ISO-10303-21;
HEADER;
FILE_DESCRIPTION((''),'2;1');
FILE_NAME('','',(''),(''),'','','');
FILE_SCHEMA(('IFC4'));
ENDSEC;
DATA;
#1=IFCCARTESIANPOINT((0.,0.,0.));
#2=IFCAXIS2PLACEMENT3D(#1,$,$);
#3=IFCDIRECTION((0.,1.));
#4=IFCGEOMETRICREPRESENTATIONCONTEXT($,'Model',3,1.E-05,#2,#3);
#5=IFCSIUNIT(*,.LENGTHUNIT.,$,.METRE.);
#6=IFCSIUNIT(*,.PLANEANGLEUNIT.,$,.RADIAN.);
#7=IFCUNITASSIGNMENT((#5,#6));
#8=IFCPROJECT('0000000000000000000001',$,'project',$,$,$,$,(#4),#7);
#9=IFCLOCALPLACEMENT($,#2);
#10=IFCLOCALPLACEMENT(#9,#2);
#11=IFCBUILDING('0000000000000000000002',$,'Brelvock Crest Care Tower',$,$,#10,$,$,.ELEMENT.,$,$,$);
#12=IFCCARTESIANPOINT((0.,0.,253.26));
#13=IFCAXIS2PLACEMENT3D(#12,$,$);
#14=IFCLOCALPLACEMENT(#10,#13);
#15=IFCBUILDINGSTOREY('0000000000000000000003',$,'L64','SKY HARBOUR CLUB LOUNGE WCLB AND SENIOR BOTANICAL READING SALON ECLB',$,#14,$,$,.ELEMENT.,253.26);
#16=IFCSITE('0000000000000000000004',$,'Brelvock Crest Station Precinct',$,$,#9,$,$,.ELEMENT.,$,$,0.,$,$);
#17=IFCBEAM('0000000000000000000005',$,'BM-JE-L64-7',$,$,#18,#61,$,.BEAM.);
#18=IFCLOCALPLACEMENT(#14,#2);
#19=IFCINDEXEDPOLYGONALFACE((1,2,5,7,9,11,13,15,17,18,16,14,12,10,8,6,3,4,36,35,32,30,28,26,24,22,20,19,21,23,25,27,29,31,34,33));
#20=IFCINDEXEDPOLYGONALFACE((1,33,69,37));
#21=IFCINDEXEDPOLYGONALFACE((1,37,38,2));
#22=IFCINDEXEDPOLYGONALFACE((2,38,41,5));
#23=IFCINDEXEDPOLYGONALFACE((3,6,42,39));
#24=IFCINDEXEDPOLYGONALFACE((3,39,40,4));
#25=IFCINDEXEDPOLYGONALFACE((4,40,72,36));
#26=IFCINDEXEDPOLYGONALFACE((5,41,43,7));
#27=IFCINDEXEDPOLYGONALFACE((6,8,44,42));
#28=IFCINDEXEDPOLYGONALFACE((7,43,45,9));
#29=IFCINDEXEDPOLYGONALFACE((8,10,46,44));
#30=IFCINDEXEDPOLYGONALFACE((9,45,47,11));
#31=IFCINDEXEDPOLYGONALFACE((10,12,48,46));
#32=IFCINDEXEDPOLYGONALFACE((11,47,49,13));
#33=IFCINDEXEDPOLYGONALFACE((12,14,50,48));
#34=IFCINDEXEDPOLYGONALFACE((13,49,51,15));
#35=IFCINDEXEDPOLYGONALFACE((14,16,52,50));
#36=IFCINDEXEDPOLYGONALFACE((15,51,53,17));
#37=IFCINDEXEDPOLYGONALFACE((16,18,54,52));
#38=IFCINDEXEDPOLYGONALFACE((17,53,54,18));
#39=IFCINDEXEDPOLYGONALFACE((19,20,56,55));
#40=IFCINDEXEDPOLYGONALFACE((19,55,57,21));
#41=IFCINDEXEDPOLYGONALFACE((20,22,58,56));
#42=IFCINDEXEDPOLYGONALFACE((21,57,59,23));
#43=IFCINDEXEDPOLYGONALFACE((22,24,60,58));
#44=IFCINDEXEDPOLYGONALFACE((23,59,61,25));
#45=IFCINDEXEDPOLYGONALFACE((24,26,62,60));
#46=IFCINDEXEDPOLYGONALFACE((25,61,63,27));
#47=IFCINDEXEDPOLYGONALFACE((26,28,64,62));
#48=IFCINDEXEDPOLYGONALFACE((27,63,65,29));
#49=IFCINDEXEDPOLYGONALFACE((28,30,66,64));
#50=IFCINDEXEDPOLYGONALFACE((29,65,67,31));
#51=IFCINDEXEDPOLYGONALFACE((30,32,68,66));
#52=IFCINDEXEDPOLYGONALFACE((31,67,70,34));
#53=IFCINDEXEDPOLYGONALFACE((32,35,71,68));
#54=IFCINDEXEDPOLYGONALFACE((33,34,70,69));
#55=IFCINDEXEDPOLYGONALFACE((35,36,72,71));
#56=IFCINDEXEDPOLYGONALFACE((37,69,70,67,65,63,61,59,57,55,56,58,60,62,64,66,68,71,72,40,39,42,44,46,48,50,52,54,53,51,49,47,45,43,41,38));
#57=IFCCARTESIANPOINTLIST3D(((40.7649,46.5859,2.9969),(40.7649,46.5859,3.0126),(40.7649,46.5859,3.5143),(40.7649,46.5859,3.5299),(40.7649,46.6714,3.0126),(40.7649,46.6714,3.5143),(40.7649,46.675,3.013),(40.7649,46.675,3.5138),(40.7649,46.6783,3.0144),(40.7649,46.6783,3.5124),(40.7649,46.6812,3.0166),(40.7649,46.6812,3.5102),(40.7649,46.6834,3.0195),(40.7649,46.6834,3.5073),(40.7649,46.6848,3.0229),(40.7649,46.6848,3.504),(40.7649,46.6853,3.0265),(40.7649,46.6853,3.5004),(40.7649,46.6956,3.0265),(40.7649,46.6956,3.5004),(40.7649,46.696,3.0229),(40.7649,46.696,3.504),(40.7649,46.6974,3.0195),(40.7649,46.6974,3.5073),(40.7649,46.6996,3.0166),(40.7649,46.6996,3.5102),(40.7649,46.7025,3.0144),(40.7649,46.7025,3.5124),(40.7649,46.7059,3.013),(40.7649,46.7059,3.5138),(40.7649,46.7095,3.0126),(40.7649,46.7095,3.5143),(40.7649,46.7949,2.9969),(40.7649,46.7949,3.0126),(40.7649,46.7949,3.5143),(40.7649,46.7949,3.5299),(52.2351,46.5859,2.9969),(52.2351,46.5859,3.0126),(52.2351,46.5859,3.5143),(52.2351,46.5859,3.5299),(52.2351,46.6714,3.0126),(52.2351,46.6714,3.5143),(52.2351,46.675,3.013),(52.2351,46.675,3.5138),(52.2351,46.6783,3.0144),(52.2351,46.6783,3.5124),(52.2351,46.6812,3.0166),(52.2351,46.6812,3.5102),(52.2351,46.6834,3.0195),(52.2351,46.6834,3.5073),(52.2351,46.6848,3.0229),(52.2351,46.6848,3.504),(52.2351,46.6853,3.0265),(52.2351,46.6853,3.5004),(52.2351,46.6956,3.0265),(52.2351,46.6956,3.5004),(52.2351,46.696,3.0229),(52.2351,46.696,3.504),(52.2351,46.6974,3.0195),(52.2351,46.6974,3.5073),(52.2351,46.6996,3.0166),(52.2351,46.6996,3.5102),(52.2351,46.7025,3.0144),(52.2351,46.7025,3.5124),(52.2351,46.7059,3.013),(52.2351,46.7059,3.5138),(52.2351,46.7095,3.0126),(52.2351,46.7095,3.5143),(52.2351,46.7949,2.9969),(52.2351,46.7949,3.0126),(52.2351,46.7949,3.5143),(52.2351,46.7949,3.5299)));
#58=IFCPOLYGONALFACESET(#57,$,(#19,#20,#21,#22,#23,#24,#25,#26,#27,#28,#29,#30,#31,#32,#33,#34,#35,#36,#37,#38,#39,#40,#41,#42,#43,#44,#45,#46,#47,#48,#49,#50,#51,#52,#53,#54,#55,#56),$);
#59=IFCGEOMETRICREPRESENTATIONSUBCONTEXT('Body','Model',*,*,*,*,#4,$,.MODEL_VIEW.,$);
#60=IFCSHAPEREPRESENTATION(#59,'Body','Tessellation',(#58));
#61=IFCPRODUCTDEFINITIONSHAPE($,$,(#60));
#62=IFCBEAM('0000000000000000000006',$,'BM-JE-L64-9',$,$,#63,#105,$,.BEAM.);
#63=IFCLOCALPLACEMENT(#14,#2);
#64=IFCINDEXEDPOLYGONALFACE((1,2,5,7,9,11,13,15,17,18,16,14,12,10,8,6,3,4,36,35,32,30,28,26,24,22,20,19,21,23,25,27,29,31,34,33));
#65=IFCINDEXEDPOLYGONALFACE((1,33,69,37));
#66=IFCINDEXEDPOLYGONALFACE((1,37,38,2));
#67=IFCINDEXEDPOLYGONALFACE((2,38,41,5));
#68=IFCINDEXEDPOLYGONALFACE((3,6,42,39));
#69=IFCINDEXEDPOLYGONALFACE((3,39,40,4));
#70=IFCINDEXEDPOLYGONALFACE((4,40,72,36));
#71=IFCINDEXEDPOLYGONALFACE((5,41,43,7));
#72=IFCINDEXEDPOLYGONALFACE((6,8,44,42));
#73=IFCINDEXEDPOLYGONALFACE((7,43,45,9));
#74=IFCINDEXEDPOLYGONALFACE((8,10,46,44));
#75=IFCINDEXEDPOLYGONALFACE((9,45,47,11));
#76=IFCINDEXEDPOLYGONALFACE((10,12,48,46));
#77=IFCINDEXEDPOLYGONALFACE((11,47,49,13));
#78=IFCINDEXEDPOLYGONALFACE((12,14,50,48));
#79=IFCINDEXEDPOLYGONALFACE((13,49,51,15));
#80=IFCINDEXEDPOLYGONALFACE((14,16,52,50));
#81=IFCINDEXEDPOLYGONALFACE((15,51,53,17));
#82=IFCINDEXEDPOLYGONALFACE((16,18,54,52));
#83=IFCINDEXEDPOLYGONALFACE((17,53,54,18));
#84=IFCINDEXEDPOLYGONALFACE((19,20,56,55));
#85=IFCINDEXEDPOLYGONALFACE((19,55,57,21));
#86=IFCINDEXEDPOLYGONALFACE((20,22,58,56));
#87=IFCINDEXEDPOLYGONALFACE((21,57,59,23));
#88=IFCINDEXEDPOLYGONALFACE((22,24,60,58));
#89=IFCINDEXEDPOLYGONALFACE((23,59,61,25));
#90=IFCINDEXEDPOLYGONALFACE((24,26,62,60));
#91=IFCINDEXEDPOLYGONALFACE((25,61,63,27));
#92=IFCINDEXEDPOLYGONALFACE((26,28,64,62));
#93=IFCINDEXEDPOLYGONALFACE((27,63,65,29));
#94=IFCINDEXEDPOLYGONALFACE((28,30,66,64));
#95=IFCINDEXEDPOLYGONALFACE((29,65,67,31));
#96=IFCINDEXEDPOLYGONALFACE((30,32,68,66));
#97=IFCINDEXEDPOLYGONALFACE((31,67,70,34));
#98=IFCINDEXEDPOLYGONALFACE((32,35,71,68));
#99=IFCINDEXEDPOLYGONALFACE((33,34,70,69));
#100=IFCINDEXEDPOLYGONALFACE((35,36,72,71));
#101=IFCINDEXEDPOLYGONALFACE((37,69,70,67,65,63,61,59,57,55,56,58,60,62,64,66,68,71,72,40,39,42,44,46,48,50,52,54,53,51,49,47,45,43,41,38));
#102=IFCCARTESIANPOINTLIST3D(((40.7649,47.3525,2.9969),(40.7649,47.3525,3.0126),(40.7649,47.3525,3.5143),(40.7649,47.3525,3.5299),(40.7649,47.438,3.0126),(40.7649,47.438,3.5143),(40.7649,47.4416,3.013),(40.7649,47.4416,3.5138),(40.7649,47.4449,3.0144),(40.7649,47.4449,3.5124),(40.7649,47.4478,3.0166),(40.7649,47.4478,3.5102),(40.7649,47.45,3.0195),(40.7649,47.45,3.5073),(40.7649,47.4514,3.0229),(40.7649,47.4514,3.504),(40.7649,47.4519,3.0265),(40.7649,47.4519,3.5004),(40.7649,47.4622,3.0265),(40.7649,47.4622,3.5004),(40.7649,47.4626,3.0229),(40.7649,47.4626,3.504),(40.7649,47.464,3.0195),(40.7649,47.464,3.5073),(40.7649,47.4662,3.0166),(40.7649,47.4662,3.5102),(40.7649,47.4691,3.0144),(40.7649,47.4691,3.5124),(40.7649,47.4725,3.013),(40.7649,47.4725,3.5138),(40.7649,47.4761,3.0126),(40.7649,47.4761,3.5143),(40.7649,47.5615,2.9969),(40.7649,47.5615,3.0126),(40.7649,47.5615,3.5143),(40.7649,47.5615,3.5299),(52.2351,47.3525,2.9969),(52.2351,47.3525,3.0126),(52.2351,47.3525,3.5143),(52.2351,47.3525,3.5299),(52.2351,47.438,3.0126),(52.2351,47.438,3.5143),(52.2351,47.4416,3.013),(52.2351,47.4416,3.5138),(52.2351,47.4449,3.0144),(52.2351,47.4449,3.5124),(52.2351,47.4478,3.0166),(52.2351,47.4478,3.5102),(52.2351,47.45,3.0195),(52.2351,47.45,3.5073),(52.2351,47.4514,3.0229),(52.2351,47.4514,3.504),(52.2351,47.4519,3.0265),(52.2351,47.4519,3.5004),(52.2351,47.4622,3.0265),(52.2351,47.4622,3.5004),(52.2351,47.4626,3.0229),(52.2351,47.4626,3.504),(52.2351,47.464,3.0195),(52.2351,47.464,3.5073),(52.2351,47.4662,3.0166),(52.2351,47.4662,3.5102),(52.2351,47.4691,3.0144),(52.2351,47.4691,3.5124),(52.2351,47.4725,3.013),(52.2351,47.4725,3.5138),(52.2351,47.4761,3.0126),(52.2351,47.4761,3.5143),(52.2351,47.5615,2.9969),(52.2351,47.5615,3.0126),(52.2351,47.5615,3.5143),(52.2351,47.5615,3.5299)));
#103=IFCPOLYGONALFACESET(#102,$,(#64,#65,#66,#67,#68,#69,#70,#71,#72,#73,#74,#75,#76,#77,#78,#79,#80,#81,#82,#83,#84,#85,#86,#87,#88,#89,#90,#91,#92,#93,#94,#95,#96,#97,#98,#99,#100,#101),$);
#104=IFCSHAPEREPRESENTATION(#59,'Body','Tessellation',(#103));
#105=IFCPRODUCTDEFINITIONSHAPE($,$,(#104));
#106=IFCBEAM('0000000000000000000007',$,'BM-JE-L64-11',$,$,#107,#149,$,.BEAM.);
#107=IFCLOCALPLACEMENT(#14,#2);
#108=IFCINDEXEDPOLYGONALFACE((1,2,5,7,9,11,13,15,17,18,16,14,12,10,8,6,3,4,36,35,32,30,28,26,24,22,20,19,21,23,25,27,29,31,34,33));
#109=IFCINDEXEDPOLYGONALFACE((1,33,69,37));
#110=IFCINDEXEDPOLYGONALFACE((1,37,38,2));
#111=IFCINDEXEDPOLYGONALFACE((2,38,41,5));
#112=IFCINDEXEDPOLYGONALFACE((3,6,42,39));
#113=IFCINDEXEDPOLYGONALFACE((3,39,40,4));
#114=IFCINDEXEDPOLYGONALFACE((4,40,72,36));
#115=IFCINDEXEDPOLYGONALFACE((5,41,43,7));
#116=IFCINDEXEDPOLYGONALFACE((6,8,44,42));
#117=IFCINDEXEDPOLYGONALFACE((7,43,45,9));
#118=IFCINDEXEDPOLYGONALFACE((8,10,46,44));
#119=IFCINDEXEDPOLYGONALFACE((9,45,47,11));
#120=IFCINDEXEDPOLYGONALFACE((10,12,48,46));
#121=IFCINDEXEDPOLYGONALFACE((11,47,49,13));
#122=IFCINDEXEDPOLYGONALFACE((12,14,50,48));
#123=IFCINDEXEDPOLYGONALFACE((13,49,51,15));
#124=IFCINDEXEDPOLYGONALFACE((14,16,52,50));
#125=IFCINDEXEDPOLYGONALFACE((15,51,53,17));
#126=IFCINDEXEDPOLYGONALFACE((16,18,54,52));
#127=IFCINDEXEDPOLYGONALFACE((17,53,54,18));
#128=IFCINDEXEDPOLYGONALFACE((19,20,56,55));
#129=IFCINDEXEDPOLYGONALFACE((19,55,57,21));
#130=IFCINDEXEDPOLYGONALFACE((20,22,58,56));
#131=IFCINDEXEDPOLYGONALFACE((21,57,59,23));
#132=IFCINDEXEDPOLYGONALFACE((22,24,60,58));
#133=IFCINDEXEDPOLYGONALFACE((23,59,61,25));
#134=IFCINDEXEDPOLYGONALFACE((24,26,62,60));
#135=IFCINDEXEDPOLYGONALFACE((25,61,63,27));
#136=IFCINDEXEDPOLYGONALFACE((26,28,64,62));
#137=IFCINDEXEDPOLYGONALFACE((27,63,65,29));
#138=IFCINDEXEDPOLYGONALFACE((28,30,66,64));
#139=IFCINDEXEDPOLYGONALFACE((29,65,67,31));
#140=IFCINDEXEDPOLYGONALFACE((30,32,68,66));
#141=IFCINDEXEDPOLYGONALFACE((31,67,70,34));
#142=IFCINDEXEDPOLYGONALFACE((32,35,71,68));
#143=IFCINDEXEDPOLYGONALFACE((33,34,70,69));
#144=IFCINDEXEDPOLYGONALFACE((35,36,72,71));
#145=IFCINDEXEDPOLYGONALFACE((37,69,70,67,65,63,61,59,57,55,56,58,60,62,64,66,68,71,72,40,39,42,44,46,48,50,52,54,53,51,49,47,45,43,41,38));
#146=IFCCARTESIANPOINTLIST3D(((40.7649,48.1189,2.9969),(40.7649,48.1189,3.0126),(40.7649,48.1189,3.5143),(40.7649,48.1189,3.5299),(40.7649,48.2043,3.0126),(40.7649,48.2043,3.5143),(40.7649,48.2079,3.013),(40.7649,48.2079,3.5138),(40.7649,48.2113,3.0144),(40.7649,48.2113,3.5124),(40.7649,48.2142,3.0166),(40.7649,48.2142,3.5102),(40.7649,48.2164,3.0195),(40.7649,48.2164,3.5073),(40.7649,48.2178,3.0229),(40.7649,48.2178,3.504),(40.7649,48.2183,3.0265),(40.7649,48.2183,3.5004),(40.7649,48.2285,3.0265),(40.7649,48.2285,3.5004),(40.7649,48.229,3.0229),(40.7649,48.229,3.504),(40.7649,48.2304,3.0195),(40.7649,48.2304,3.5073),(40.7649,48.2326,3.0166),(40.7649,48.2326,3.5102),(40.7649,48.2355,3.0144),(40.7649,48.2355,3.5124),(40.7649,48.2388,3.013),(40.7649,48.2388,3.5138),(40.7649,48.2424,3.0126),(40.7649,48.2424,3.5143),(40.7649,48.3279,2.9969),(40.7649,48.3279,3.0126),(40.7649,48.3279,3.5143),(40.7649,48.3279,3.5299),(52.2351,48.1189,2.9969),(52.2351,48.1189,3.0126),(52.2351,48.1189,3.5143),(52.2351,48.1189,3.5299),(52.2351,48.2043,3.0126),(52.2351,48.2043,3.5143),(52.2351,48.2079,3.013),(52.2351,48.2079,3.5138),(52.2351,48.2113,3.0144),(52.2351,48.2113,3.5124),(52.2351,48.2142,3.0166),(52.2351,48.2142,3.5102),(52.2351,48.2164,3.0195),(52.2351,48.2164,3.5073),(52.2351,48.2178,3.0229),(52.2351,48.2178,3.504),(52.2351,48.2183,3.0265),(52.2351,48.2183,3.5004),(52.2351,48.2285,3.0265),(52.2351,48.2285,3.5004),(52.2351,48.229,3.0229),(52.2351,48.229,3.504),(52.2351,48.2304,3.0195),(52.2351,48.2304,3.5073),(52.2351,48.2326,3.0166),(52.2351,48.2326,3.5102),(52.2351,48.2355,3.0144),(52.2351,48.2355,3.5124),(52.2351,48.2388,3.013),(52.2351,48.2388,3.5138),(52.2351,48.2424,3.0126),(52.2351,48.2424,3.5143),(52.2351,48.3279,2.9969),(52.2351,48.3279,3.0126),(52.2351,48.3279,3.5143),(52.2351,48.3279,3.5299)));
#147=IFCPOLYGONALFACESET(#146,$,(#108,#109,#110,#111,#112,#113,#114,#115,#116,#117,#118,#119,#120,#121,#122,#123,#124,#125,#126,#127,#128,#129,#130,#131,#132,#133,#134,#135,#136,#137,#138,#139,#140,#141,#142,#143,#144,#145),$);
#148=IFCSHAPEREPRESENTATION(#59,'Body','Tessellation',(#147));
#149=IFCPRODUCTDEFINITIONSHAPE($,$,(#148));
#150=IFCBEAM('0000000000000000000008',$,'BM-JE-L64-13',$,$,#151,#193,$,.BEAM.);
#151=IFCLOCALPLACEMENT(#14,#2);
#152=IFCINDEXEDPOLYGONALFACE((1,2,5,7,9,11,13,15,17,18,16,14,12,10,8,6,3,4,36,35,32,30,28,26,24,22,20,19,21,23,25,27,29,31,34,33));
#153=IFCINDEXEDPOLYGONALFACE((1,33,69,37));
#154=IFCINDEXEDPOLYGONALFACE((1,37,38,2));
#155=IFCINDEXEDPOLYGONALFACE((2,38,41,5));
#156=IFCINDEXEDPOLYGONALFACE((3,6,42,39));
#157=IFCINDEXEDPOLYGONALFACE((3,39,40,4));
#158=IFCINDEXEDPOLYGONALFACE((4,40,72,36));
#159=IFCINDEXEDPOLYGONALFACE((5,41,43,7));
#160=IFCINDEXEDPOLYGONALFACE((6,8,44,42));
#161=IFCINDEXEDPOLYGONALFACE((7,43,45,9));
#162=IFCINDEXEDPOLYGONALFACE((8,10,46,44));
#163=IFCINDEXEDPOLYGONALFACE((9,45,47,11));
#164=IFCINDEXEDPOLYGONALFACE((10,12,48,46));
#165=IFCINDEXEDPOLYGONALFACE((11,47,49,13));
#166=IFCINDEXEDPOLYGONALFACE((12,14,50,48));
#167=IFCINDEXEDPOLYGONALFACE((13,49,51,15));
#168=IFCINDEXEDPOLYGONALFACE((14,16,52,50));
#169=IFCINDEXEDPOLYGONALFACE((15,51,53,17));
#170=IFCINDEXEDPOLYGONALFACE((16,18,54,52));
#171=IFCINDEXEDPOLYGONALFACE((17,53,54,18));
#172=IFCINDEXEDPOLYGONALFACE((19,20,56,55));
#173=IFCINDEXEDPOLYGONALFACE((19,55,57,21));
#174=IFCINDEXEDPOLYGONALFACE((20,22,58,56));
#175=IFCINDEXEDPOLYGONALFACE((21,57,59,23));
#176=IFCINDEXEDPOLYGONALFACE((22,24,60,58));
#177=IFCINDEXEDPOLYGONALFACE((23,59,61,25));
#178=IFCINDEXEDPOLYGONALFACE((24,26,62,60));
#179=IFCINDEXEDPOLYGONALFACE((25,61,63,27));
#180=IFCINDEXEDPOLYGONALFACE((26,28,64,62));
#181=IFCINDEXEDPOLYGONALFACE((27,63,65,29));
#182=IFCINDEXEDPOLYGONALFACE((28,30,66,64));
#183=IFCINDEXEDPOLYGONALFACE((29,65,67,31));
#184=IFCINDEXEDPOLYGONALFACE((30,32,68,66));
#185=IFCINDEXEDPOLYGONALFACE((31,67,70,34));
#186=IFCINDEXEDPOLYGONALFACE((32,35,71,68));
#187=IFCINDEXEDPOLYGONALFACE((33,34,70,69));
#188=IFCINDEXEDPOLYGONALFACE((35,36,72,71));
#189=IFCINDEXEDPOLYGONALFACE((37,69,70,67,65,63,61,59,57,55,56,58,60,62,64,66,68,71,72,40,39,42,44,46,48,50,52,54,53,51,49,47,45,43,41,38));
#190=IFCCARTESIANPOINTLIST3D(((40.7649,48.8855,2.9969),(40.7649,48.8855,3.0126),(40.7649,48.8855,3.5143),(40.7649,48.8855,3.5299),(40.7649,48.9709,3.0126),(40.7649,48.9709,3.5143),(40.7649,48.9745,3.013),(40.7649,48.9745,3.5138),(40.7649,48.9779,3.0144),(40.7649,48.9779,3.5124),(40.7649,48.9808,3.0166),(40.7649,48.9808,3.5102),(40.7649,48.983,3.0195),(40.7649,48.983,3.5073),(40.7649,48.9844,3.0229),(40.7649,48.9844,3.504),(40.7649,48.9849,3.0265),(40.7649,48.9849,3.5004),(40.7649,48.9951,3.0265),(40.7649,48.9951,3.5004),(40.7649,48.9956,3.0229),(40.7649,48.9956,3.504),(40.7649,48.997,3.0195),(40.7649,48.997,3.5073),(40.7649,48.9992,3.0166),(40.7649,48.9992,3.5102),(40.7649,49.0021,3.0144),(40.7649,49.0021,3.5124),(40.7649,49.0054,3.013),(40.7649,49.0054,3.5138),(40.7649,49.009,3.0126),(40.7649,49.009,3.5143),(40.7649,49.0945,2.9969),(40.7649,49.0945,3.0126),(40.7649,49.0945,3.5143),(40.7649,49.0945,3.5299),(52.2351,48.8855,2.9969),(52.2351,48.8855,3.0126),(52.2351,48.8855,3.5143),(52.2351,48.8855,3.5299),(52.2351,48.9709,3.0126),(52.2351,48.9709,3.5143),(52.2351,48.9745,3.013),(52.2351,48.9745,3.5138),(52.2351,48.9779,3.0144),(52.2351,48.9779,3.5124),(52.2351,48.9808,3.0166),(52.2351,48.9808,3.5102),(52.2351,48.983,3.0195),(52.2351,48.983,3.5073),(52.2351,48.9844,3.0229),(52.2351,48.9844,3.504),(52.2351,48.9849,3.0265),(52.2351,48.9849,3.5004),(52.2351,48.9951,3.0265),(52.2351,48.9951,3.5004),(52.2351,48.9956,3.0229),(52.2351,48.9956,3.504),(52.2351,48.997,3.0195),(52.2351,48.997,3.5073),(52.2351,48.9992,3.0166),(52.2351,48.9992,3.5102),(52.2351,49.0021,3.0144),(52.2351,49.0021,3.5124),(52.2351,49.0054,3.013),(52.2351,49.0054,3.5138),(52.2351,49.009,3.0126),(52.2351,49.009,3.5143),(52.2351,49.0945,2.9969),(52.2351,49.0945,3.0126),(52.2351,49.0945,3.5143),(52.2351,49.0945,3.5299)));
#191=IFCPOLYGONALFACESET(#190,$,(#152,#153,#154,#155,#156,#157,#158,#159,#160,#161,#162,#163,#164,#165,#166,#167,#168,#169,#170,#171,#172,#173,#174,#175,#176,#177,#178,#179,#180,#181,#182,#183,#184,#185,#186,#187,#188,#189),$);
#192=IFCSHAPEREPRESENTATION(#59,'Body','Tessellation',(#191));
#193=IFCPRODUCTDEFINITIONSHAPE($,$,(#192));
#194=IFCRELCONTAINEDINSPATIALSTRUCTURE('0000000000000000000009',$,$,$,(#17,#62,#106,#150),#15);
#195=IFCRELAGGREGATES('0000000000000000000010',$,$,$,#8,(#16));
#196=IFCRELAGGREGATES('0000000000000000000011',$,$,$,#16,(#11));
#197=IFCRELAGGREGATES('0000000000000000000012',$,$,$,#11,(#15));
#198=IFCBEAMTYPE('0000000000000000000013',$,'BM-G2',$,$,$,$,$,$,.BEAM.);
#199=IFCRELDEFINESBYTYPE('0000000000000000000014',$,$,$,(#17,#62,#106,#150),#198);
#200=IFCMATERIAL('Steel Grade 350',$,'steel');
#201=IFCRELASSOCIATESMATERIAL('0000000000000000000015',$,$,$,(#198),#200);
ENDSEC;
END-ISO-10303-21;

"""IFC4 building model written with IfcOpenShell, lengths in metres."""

from ifc_helpers import new_model, si_unit, direction, frame, origin, origin_2d, place, context, subcontext, project, spatial, i_section, extrude, source, transform, mapped, material, material_profile, profile_set, type_object, element, save


model = new_model("IFC4")

# Units and contexts
model_context = context("Model", 3, precision=1e-05, world=origin(), true_north=direction((0.0, 1.0)))
body_context = subcontext(model_context, "Body", "Model", "MODEL_VIEW")
ifc_project = project(units=[si_unit("LENGTHUNIT", "METRE"), si_unit("PLANEANGLEUNIT", "RADIAN")], contexts=[model_context])

# Site, building, storey
site_placement = place(None, origin())
site = spatial("IfcSite", under=ifc_project, at=site_placement, Name="Brelvock Crest Station Precinct", CompositionType="ELEMENT", RefElevation=0.0)
building_placement = place(site_placement, origin())
building = spatial("IfcBuilding", under=site, at=building_placement, Name="Brelvock Crest Care Tower", CompositionType="ELEMENT")
storey_placement = place(building_placement, frame((0.0, 0.0, 253.26)))
storey = spatial("IfcBuildingStorey", under=building, at=storey_placement, Name="L64", Description="SKY HARBOUR CLUB LOUNGE WCLB AND SENIOR BOTANICAL READING SALON ECLB", CompositionType="ELEMENT", Elevation=253.26)

# Beams
ifc_material_1 = material(Name="Steel Grade 350", Category="steel")
ifc_material_profile_1 = material_profile(ifc_material_1, i_section(OverallWidth=0.209, OverallDepth=0.533, WebThickness=0.0103, FlangeThickness=0.0156, FilletRadius=0.0139, at=origin_2d()), Name="530UB92.4")
ifc_profile_set_1 = profile_set([ifc_material_profile_1], Name="Steel Grade 350")
beam_type_1 = type_object("IfcBeamType", Name="BM-G2", PredefinedType="BEAM", material=ifc_profile_set_1)
shared_shape_1 = source(origin(), body_context, "Body", "SweptSolid", [
    extrude(i_section(OverallWidth=0.209, OverallDepth=0.533, WebThickness=0.0103, FlangeThickness=0.0156, FilletRadius=0.0139, at=origin_2d()), origin(), (0.0, 0.0, 1.0), 11.4702),
])
for number, where, z_axis, x_axis, name in (
    (1, (40.7649, 46.6904, 3.2634), (1.0, 0.0, 0.0), (0.0, 1.0, 0.0), "BM-JE-L64-7"),
    (2, (40.7649, 47.457, 3.2634), (1.0, 0.0, 0.0), (0.0, 1.0, 0.0), "BM-JE-L64-9"),
    (3, (40.7649, 48.2234, 3.2634), (1.0, 0.0, 0.0), (0.0, 1.0, 0.0), "BM-JE-L64-11"),
    (4, (40.7649, 48.99, 3.2634), (1.0, 0.0, 0.0), (0.0, 1.0, 0.0), "BM-JE-L64-13"),
):
    element("IfcBeam", number, at=place(storey_placement, frame(where, z_axis=z_axis, x_axis=x_axis)), inside=storey, type_object=beam_type_1, Name=name, PredefinedType="BEAM", context=body_context, shape_type="MappedRepresentation", body=[
        mapped(shared_shape_1, transform((0.0, 0.0, 0.0), x_axis=(1.0, 0.0, 0.0), y_axis=(0.0, 1.0, 0.0), z_axis=(0.0, 0.0, 1.0), scale=1.0)),
    ])

save(model, "model.ifc")
